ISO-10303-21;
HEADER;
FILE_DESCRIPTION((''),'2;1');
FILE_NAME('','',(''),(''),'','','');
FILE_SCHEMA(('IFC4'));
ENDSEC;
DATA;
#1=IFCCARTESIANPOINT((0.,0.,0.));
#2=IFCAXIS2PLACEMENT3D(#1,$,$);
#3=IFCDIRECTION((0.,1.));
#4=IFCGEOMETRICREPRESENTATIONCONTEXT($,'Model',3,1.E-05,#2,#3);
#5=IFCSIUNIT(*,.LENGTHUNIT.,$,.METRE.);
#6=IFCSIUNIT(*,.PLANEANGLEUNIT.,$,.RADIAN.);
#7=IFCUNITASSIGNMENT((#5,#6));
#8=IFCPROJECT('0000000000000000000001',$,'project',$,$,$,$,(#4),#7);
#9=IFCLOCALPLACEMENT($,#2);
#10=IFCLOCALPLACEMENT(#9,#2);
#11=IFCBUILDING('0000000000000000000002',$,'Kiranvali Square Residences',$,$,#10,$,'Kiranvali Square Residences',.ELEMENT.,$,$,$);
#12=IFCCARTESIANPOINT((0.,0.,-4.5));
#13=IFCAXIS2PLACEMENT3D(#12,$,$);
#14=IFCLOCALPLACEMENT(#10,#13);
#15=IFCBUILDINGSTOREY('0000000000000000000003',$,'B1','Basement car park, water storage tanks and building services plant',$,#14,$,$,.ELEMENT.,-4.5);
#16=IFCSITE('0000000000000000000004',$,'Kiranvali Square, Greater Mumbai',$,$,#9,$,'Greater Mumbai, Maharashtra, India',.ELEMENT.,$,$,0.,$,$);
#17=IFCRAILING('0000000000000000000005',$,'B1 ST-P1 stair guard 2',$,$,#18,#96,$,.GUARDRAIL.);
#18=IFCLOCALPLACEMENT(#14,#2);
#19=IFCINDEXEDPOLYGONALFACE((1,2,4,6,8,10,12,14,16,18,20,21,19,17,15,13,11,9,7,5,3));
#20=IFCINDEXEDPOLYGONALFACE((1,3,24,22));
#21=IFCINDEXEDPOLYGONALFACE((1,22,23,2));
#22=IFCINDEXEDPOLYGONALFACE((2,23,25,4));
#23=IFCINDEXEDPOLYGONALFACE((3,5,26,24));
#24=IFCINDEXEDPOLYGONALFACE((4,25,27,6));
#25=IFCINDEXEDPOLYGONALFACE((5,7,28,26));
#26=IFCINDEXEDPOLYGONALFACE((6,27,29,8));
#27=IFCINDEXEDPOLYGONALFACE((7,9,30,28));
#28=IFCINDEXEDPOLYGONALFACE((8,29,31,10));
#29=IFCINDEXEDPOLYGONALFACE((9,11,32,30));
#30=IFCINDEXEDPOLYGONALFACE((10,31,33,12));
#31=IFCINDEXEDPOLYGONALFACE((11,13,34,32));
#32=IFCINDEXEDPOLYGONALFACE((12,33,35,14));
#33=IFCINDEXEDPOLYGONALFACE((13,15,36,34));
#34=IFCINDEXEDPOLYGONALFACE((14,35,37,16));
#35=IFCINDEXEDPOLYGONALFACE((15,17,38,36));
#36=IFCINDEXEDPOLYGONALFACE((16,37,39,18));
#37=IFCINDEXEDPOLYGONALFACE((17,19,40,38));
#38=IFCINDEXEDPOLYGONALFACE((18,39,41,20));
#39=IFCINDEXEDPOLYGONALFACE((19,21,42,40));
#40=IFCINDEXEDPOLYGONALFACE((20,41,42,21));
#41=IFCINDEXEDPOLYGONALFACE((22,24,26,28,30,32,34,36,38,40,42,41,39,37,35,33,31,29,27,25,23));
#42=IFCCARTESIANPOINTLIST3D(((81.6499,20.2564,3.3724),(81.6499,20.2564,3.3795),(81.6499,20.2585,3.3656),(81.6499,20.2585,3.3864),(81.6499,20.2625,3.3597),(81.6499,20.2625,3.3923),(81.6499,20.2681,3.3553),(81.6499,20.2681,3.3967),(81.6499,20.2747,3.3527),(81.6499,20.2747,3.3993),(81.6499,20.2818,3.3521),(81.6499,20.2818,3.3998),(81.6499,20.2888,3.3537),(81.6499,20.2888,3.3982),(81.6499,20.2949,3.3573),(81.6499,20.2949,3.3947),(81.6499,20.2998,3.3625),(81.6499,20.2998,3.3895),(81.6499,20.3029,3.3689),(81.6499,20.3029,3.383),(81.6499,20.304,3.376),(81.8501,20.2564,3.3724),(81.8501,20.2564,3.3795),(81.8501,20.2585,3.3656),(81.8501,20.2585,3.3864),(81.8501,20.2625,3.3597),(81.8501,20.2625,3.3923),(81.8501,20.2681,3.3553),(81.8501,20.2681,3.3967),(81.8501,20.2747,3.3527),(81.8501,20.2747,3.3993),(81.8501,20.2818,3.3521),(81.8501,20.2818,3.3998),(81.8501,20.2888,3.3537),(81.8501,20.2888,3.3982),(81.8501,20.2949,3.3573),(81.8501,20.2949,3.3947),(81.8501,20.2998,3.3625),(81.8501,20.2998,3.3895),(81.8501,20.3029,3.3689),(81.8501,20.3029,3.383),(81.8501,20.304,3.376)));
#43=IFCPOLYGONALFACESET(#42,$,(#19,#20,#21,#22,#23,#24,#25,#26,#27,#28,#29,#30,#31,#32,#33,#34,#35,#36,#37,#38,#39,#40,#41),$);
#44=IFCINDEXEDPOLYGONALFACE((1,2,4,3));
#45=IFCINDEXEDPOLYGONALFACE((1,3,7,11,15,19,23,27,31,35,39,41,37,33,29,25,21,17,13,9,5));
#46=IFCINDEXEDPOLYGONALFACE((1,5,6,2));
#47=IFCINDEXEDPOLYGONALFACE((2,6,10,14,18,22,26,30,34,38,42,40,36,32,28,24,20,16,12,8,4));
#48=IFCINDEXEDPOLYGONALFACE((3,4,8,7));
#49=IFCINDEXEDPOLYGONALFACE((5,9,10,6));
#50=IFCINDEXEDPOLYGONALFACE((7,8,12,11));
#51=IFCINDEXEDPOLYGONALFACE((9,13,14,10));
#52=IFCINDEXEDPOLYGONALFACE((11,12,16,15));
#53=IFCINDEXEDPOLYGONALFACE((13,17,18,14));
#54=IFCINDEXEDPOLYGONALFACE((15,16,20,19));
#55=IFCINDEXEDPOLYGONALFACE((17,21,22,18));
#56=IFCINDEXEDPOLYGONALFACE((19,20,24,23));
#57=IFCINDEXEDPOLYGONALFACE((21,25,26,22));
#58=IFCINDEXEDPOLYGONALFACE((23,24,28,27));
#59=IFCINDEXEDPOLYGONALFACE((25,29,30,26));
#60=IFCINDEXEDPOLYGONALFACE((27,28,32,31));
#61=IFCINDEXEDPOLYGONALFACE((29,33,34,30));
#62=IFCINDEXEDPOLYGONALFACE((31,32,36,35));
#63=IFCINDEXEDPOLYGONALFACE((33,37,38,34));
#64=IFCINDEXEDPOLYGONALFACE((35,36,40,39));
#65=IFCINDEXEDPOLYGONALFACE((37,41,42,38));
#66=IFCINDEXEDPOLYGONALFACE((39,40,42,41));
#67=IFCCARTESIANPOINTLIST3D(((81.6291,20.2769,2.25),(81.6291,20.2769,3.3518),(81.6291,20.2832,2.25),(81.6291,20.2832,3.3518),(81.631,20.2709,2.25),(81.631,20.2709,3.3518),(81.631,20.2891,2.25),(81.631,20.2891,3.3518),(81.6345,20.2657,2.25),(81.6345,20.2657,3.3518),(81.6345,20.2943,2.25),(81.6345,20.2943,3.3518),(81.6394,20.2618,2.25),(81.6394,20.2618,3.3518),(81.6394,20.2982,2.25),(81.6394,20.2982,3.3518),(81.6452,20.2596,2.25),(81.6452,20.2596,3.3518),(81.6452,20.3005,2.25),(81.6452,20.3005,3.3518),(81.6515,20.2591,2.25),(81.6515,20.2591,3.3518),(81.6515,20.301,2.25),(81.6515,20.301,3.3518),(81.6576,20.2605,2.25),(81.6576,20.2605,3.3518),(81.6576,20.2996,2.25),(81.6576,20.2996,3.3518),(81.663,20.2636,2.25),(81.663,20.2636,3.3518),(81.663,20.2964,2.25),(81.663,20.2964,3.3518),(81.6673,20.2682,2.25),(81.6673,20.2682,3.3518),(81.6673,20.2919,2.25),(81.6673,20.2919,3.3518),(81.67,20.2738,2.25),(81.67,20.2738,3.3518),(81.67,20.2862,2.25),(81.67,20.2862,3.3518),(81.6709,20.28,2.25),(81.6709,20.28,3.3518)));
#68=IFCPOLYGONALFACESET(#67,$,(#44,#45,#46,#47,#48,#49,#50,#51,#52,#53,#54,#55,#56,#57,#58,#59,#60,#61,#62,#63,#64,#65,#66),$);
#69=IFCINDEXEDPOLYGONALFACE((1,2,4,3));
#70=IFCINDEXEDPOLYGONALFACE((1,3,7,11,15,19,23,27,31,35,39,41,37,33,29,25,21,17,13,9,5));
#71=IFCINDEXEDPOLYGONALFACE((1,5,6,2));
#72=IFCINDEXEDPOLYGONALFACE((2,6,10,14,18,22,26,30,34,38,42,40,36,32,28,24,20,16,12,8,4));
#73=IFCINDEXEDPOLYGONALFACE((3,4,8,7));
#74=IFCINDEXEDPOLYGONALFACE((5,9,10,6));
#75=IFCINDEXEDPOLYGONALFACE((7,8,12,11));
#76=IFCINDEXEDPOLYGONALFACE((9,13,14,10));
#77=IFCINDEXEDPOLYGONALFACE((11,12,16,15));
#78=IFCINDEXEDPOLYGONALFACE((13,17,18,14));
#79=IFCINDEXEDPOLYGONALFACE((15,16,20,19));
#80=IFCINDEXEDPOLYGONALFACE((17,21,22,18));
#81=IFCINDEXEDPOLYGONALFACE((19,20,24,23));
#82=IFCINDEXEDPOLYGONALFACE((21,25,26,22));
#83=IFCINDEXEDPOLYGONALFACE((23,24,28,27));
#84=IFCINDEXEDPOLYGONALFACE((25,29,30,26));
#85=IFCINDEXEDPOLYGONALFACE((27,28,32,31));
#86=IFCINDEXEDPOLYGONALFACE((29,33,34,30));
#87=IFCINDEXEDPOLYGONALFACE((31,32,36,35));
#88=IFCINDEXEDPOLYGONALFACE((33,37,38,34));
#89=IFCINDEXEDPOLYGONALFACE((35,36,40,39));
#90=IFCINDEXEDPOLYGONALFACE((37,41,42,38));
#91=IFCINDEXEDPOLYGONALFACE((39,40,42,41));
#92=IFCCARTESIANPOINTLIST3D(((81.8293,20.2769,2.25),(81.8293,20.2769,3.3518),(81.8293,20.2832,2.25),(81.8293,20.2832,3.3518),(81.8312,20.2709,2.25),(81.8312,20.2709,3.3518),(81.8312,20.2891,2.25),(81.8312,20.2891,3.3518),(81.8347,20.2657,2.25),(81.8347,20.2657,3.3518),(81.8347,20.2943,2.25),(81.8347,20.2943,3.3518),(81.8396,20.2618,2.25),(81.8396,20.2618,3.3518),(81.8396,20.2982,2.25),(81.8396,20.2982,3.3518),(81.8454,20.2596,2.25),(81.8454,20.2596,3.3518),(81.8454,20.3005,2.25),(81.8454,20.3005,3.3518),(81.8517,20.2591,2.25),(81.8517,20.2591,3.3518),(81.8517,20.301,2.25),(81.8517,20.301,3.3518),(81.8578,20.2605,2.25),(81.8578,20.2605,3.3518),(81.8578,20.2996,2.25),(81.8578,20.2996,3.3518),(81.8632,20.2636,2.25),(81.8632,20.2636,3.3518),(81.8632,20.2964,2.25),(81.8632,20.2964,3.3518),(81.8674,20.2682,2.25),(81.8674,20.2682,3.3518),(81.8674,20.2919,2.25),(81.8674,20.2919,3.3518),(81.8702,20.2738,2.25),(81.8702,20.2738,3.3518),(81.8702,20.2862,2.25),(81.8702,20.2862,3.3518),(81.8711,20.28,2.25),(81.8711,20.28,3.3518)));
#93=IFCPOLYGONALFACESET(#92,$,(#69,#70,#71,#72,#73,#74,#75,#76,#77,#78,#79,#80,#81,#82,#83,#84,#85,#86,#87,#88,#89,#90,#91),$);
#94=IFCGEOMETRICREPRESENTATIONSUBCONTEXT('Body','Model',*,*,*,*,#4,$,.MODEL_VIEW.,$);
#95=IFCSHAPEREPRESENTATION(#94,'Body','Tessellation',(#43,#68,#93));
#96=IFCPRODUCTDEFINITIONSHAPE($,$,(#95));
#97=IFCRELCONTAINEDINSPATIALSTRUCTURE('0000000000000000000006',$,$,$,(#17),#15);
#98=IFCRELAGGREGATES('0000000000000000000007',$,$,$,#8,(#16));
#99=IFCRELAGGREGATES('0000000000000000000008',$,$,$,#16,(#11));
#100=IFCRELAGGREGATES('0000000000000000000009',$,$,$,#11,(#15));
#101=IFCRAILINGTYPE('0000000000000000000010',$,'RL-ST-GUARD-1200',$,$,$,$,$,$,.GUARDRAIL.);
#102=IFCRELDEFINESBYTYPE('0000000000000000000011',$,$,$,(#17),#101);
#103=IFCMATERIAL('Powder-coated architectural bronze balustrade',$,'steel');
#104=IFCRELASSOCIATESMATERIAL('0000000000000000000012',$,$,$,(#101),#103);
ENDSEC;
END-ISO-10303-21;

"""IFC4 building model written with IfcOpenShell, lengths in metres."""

from ifc_helpers import new_model, si_unit, direction, frame, origin, origin_2d, place, context, subcontext, project, spatial, circle, extrude, material, type_object, element, save


model = new_model("IFC4")

# Units and contexts
model_context = context("Model", 3, precision=1e-05, world=origin(), true_north=direction((0.0, 1.0)))
body_context = subcontext(model_context, "Body", "Model", "MODEL_VIEW")
ifc_project = project(units=[si_unit("LENGTHUNIT", "METRE"), si_unit("PLANEANGLEUNIT", "RADIAN")], contexts=[model_context])

# Site, building, storey
site_placement = place(None, origin())
site = spatial("IfcSite", under=ifc_project, at=site_placement, Name="Kiranvali Square, Greater Mumbai", LongName="Greater Mumbai, Maharashtra, India", CompositionType="ELEMENT", RefElevation=0.0)
building_placement = place(site_placement, origin())
building = spatial("IfcBuilding", under=site, at=building_placement, Name="Kiranvali Square Residences", LongName="Kiranvali Square Residences", CompositionType="ELEMENT")
storey_placement = place(building_placement, frame((0.0, 0.0, -4.5)))
storey = spatial("IfcBuildingStorey", under=building, at=storey_placement, Name="B1", Description="Basement car park, water storage tanks and building services plant", CompositionType="ELEMENT", Elevation=-4.5)

# Railing
ifc_material_1 = material(Name="Powder-coated architectural bronze balustrade", Category="steel")
railing_type_1 = type_object("IfcRailingType", Name="RL-ST-GUARD-1200", PredefinedType="GUARDRAIL", material=ifc_material_1)
railing_1_placement = place(storey_placement, frame((81.6499, 20.28, 2.25)))
element("IfcRailing", 1, at=railing_1_placement, inside=storey, type_object=railing_type_1, Name="B1 ST-P1 stair guard 2", PredefinedType="GUARDRAIL", context=body_context, shape_type="SweptSolid", body=[
    extrude(circle(Radius=0.0239, at=origin_2d()), frame((0.0, 0.0, 1.126), z_axis=(1.0, 0.0, 0.0), x_axis=(0.0, 1.0, 0.0)), (0.0, 0.0, 1.0), 0.2002),
    extrude(circle(Radius=0.021, at=origin_2d()), origin(), (0.0, 0.0, 1.0), 1.1018),
    extrude(circle(Radius=0.021, at=origin_2d()), frame((0.2002, 0.0, 0.0)), (0.0, 0.0, 1.0), 1.1018),
])

save(model, "model.ifc")
